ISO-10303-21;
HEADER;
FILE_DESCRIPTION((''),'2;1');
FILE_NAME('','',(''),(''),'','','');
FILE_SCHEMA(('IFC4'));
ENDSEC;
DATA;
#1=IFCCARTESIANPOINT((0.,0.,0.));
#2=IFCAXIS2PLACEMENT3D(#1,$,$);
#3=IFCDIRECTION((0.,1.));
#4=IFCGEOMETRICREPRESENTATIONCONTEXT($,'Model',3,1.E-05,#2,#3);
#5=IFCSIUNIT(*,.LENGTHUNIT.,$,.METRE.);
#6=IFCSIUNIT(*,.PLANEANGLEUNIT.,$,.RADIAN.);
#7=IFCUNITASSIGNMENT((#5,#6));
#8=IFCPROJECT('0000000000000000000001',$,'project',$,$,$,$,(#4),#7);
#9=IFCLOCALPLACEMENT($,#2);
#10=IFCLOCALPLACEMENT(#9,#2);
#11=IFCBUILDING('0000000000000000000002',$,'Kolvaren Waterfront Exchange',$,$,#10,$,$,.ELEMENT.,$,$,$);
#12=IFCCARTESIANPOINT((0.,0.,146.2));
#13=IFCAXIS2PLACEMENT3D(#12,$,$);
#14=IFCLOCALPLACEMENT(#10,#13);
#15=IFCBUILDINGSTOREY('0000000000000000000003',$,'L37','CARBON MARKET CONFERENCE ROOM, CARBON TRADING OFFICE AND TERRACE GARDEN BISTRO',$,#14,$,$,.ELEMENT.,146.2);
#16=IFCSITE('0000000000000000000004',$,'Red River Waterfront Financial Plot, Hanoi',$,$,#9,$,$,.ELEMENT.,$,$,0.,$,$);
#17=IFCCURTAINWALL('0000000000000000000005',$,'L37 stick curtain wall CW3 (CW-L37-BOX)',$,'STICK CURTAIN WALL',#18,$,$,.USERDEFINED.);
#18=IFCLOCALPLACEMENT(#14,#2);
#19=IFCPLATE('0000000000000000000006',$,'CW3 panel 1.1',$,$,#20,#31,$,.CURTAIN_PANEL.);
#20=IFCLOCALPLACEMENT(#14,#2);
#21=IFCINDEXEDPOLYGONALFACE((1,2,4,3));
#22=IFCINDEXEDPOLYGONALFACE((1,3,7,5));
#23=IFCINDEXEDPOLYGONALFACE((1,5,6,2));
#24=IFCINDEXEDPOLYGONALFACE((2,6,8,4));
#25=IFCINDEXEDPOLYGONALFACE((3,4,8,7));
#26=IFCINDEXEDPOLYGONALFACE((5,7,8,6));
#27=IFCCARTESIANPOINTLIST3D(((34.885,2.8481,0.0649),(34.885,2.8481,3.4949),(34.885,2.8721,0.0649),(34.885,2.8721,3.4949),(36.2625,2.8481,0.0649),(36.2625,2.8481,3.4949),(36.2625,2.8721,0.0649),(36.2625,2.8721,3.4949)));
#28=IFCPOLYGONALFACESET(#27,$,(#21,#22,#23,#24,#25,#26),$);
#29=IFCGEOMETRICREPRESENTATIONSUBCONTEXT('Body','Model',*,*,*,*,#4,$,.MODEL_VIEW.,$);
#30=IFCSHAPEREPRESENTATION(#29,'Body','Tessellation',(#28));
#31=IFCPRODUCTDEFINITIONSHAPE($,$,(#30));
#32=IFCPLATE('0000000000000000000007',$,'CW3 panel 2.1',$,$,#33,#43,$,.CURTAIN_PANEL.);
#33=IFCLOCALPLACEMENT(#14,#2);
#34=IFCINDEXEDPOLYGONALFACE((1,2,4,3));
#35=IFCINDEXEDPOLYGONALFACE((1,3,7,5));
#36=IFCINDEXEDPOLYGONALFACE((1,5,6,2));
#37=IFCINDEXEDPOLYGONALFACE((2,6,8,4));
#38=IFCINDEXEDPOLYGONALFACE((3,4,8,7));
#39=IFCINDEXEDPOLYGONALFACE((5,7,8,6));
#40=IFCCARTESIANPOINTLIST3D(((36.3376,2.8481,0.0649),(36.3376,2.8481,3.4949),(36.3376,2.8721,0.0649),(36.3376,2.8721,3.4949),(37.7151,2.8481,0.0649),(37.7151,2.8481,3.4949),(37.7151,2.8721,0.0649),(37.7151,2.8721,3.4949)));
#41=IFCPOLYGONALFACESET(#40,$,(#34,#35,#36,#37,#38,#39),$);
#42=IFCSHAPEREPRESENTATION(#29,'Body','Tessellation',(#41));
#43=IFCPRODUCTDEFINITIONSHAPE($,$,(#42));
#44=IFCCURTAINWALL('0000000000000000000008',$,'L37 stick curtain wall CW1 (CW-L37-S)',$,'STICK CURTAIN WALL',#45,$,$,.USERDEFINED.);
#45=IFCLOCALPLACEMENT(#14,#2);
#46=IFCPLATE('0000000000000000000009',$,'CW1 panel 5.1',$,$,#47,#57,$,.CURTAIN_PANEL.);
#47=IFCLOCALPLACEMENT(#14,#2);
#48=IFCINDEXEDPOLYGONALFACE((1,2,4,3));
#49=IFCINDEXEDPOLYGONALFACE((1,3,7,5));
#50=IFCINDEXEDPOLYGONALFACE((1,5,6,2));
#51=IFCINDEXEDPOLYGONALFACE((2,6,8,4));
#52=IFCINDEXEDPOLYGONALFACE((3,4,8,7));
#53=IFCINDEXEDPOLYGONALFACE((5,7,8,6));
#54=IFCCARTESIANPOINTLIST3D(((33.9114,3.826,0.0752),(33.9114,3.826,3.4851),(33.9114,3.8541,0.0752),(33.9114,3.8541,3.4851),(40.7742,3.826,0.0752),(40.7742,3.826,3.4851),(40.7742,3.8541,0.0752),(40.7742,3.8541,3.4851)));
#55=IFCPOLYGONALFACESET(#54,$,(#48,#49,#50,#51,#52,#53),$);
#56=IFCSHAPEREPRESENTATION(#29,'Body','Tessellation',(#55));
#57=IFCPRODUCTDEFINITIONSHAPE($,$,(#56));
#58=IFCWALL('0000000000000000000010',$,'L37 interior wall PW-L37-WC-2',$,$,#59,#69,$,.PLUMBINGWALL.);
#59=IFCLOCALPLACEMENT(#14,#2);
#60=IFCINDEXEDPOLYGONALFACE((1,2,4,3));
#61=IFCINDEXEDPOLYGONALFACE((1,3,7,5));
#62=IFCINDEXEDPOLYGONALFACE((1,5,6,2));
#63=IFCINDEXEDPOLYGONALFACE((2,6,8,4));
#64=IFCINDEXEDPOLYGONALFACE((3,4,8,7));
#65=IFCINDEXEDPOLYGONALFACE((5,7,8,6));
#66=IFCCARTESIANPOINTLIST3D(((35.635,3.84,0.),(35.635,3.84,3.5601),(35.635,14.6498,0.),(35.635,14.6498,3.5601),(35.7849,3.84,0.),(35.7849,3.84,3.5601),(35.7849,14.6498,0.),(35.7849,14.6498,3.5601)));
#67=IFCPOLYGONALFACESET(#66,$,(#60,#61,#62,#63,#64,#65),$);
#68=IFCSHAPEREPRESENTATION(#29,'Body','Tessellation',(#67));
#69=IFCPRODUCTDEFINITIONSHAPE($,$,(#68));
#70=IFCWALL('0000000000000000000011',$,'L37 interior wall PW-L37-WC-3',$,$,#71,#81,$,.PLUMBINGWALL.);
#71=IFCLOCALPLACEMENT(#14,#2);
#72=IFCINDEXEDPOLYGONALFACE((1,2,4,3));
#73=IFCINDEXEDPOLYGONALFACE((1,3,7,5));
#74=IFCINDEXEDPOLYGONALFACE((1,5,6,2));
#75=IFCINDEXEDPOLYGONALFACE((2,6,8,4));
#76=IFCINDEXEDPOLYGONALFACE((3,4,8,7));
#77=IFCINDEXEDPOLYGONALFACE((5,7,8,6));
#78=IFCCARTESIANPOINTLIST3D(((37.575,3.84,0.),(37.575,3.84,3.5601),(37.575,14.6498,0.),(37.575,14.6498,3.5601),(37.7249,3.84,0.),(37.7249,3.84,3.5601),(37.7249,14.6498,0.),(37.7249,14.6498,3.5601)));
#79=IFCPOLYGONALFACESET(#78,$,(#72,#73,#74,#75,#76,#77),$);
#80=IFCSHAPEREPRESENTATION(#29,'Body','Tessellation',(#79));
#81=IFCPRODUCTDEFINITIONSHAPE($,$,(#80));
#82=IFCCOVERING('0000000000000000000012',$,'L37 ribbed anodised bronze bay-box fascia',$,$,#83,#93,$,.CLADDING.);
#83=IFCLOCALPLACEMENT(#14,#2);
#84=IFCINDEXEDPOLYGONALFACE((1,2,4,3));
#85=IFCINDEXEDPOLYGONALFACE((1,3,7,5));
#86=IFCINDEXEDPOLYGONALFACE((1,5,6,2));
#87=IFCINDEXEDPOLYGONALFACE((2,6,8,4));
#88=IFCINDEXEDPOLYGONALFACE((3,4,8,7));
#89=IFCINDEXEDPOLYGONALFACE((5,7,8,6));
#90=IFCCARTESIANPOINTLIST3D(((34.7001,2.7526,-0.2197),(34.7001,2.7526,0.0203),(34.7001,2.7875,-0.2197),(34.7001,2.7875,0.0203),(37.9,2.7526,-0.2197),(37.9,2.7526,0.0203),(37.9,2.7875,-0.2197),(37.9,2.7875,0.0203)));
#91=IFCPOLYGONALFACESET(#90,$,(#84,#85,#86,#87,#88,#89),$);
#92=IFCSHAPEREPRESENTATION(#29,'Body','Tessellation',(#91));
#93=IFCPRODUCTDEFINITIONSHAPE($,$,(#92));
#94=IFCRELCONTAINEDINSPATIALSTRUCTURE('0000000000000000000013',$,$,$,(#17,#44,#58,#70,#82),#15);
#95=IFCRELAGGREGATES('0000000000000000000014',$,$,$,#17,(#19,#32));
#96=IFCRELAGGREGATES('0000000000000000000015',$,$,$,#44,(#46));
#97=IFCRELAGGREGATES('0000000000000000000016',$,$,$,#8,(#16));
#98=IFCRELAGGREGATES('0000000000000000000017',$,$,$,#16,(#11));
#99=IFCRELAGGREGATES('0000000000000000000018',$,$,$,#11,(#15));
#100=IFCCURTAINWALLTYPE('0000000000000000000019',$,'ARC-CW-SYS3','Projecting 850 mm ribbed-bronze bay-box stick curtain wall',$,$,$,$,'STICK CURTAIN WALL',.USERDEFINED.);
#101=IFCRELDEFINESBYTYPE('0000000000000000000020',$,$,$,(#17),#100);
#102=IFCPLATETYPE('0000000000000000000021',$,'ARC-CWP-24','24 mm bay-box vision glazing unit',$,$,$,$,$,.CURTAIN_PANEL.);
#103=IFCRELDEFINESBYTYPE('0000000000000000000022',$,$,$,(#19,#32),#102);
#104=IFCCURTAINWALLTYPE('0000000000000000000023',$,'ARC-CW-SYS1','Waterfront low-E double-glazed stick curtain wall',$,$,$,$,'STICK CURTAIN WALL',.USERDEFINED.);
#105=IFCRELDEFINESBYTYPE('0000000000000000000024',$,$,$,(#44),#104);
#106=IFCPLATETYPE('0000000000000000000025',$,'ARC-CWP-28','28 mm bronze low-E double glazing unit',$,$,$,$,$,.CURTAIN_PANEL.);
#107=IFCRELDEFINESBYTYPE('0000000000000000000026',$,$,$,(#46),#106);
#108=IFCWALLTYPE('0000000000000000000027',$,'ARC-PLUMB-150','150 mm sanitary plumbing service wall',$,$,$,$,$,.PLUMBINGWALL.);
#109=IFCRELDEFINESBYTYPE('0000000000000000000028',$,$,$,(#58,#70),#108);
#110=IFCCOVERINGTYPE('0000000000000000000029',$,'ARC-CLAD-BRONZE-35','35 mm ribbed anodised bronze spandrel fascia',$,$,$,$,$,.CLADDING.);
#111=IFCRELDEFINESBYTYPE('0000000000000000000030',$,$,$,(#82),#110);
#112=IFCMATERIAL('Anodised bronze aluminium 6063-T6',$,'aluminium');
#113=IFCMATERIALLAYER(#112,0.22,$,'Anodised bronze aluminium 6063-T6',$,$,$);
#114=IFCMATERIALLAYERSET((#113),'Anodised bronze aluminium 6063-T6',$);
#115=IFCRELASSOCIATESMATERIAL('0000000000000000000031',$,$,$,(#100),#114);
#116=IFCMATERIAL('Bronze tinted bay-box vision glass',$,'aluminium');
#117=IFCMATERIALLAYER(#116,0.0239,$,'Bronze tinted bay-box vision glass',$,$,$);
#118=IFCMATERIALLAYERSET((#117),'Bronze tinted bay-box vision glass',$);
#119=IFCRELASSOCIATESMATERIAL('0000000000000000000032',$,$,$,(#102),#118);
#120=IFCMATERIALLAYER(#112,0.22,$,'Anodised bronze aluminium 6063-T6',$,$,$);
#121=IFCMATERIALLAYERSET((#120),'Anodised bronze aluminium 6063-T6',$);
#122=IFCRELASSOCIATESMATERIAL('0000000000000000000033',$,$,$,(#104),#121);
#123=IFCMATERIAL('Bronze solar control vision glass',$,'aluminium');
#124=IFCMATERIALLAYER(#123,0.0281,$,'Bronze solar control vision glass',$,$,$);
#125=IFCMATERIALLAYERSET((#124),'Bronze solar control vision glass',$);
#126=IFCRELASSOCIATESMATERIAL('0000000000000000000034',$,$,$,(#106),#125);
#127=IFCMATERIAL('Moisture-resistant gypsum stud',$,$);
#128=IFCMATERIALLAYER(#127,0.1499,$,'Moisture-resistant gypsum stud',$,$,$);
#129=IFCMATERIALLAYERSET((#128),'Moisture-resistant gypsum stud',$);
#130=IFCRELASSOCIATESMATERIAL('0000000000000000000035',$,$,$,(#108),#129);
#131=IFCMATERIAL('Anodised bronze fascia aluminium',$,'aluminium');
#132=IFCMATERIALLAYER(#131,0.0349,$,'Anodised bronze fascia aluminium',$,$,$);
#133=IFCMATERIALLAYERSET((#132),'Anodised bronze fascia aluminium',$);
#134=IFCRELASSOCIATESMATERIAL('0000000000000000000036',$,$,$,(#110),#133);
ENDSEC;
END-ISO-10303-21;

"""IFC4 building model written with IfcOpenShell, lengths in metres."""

from ifc_helpers import new_model, si_unit, direction, frame, frame_2d, origin, origin_with_axes, origin_2d, place, context, subcontext, project, spatial, rectangle, extrude, source, transform, mapped, material, layer, layer_set, type_object, element, aggregate, save


model = new_model("IFC4")

# Units and contexts
model_context = context("Model", 3, precision=1e-05, world=origin(), true_north=direction((0.0, 1.0)))
body_context = subcontext(model_context, "Body", "Model", "MODEL_VIEW")
ifc_project = project(units=[si_unit("LENGTHUNIT", "METRE"), si_unit("PLANEANGLEUNIT", "RADIAN")], contexts=[model_context])

# Site, building, storey
site_placement = place(None, origin())
site = spatial("IfcSite", under=ifc_project, at=site_placement, Name="Red River Waterfront Financial Plot, Hanoi", CompositionType="ELEMENT", RefElevation=0.0)
building_placement = place(site_placement, origin())
building = spatial("IfcBuilding", under=site, at=building_placement, Name="Kolvaren Waterfront Exchange", CompositionType="ELEMENT")
storey_placement = place(building_placement, frame((0.0, 0.0, 146.2)))
storey = spatial("IfcBuildingStorey", under=building, at=storey_placement, Name="L37", Description="CARBON MARKET CONFERENCE ROOM, CARBON TRADING OFFICE AND TERRACE GARDEN BISTRO", CompositionType="ELEMENT", Elevation=146.2)

# Curtain wall
ifc_material_1 = material(Name="Anodised bronze aluminium 6063-T6", Category="aluminium")
ifc_layer_1 = layer(ifc_material_1, 0.22, Name="Anodised bronze aluminium 6063-T6")
ifc_layer_set_1 = layer_set([ifc_layer_1], Name="Anodised bronze aluminium 6063-T6")
curtain_wall_type_1 = type_object("IfcCurtainWallType", Name="ARC-CW-SYS3", Description="Projecting 850 mm ribbed-bronze bay-box stick curtain wall", ElementType="STICK CURTAIN WALL", PredefinedType="USERDEFINED", material=ifc_layer_set_1)
curtain_wall_1_placement = place(storey_placement, origin())
curtain_wall_1 = element("IfcCurtainWall", 1, at=curtain_wall_1_placement, inside=storey, type_object=curtain_wall_type_1, Name="L37 stick curtain wall CW3 (CW-L37-BOX)", ObjectType="STICK CURTAIN WALL", PredefinedType="USERDEFINED")

# Plates
ifc_material_2 = material(Name="Bronze tinted bay-box vision glass", Category="aluminium")
ifc_layer_2 = layer(ifc_material_2, 0.0239, Name="Bronze tinted bay-box vision glass")
ifc_layer_set_2 = layer_set([ifc_layer_2], Name="Bronze tinted bay-box vision glass")
plate_type_1 = type_object("IfcPlateType", Name="ARC-CWP-24", Description="24 mm bay-box vision glazing unit", PredefinedType="CURTAIN_PANEL", material=ifc_layer_set_2)
shared_shape_1 = source(origin_with_axes(), body_context, "Body", "SweptSolid", [
    extrude(rectangle(XDim=1.3774, YDim=0.0239, at=origin_2d()), origin(), (0.0, 0.0, 1.0), 3.4299),
])
plate_1_placement = place(storey_placement, frame((35.5737, 2.8601, 0.0649), z_axis=(0.0, 0.0, 1.0), x_axis=(1.0, 0.0, 0.0)))
plate_1 = element("IfcPlate", 2, at=plate_1_placement, type_object=plate_type_1, Name="CW3 panel 1.1", PredefinedType="CURTAIN_PANEL", context=body_context, shape_type="MappedRepresentation", body=[
    mapped(shared_shape_1, transform((0.0, 0.0, 0.0), x_axis=(1.0, 0.0, 0.0), y_axis=(0.0, 1.0, 0.0), z_axis=(0.0, 0.0, 1.0), scale=1.0)),
])
plate_2_placement = place(storey_placement, frame((37.0264, 2.8601, 0.0649), z_axis=(0.0, 0.0, 1.0), x_axis=(1.0, 0.0, 0.0)))
plate_2 = element("IfcPlate", 3, at=plate_2_placement, type_object=plate_type_1, Name="CW3 panel 2.1", PredefinedType="CURTAIN_PANEL", context=body_context, shape_type="MappedRepresentation", body=[
    mapped(shared_shape_1, transform((0.0, 0.0, 0.0), x_axis=(1.0, 0.0, 0.0), y_axis=(0.0, 1.0, 0.0), z_axis=(0.0, 0.0, 1.0), scale=1.0)),
])
aggregate(curtain_wall_1, [plate_1, plate_2])

# Curtain wall, plate
ifc_layer_3 = layer(ifc_material_1, 0.22, Name="Anodised bronze aluminium 6063-T6")
ifc_layer_set_3 = layer_set([ifc_layer_3], Name="Anodised bronze aluminium 6063-T6")
curtain_wall_type_2 = type_object("IfcCurtainWallType", Name="ARC-CW-SYS1", Description="Waterfront low-E double-glazed stick curtain wall", ElementType="STICK CURTAIN WALL", PredefinedType="USERDEFINED", material=ifc_layer_set_3)
curtain_wall_2_placement = place(storey_placement, origin())
curtain_wall_2 = element("IfcCurtainWall", 4, at=curtain_wall_2_placement, inside=storey, type_object=curtain_wall_type_2, Name="L37 stick curtain wall CW1 (CW-L37-S)", ObjectType="STICK CURTAIN WALL", PredefinedType="USERDEFINED")
ifc_material_3 = material(Name="Bronze solar control vision glass", Category="aluminium")
ifc_layer_4 = layer(ifc_material_3, 0.0281, Name="Bronze solar control vision glass")
ifc_layer_set_4 = layer_set([ifc_layer_4], Name="Bronze solar control vision glass")
plate_type_2 = type_object("IfcPlateType", Name="ARC-CWP-28", Description="28 mm bronze low-E double glazing unit", PredefinedType="CURTAIN_PANEL", material=ifc_layer_set_4)
shared_shape_2 = source(origin_with_axes(), body_context, "Body", "SweptSolid", [
    extrude(rectangle(XDim=6.8628, YDim=0.0281, at=origin_2d()), origin(), (0.0, 0.0, 1.0), 3.4099),
])
plate_3_placement = place(storey_placement, frame((37.3428, 3.8401, 0.0752), z_axis=(0.0, 0.0, 1.0), x_axis=(1.0, 0.0, 0.0)))
plate_3 = element("IfcPlate", 5, at=plate_3_placement, type_object=plate_type_2, Name="CW1 panel 5.1", PredefinedType="CURTAIN_PANEL", context=body_context, shape_type="MappedRepresentation", body=[
    mapped(shared_shape_2, transform((0.0, 0.0, 0.0), x_axis=(1.0, 0.0, 0.0), y_axis=(0.0, 1.0, 0.0), z_axis=(0.0, 0.0, 1.0), scale=1.0)),
])
aggregate(curtain_wall_2, [plate_3])

# Walls
ifc_material_4 = material(Name="Moisture-resistant gypsum stud")
ifc_layer_5 = layer(ifc_material_4, 0.1499, Name="Moisture-resistant gypsum stud")
ifc_layer_set_5 = layer_set([ifc_layer_5], Name="Moisture-resistant gypsum stud")
wall_type = type_object("IfcWallType", Name="ARC-PLUMB-150", Description="150 mm sanitary plumbing service wall", PredefinedType="PLUMBINGWALL", material=ifc_layer_set_5)
for number, where, z_axis, x_axis, name in (
    (6, (35.71, 3.8401, 0.0), (0.0, 0.0, 1.0), (0.0, 1.0, 0.0), "L37 interior wall PW-L37-WC-2"),
    (7, (37.6499, 3.8401, 0.0), (0.0, 0.0, 1.0), (0.0, 1.0, 0.0), "L37 interior wall PW-L37-WC-3"),
):
    element("IfcWall", number, at=place(storey_placement, frame(where, z_axis=z_axis, x_axis=x_axis)), inside=storey, type_object=wall_type, Name=name, PredefinedType="PLUMBINGWALL", context=body_context, shape_type="SweptSolid", body=[
        extrude(rectangle(XDim=10.8098, YDim=0.1499, at=frame_2d((5.4048, 0.0))), origin(), (0.0, 0.0, 1.0), 3.5601),
    ])

# Covering
ifc_material_5 = material(Name="Anodised bronze fascia aluminium", Category="aluminium")
ifc_layer_6 = layer(ifc_material_5, 0.0349, Name="Anodised bronze fascia aluminium")
ifc_layer_set_6 = layer_set([ifc_layer_6], Name="Anodised bronze fascia aluminium")
covering_type = type_object("IfcCoveringType", Name="ARC-CLAD-BRONZE-35", Description="35 mm ribbed anodised bronze spandrel fascia", PredefinedType="CLADDING", material=ifc_layer_set_6)
covering_placement = place(storey_placement, frame((36.3, 2.77, -0.2197), z_axis=(0.0, 0.0, 1.0), x_axis=(1.0, 0.0, 0.0)))
element("IfcCovering", 8, at=covering_placement, inside=storey, type_object=covering_type, Name="L37 ribbed anodised bronze bay-box fascia", PredefinedType="CLADDING", context=body_context, shape_type="SweptSolid", body=[
    extrude(rectangle(XDim=3.2, YDim=0.0349, at=origin_2d()), origin(), (0.0, 0.0, 1.0), 0.24),
])

save(model, "model.ifc")
